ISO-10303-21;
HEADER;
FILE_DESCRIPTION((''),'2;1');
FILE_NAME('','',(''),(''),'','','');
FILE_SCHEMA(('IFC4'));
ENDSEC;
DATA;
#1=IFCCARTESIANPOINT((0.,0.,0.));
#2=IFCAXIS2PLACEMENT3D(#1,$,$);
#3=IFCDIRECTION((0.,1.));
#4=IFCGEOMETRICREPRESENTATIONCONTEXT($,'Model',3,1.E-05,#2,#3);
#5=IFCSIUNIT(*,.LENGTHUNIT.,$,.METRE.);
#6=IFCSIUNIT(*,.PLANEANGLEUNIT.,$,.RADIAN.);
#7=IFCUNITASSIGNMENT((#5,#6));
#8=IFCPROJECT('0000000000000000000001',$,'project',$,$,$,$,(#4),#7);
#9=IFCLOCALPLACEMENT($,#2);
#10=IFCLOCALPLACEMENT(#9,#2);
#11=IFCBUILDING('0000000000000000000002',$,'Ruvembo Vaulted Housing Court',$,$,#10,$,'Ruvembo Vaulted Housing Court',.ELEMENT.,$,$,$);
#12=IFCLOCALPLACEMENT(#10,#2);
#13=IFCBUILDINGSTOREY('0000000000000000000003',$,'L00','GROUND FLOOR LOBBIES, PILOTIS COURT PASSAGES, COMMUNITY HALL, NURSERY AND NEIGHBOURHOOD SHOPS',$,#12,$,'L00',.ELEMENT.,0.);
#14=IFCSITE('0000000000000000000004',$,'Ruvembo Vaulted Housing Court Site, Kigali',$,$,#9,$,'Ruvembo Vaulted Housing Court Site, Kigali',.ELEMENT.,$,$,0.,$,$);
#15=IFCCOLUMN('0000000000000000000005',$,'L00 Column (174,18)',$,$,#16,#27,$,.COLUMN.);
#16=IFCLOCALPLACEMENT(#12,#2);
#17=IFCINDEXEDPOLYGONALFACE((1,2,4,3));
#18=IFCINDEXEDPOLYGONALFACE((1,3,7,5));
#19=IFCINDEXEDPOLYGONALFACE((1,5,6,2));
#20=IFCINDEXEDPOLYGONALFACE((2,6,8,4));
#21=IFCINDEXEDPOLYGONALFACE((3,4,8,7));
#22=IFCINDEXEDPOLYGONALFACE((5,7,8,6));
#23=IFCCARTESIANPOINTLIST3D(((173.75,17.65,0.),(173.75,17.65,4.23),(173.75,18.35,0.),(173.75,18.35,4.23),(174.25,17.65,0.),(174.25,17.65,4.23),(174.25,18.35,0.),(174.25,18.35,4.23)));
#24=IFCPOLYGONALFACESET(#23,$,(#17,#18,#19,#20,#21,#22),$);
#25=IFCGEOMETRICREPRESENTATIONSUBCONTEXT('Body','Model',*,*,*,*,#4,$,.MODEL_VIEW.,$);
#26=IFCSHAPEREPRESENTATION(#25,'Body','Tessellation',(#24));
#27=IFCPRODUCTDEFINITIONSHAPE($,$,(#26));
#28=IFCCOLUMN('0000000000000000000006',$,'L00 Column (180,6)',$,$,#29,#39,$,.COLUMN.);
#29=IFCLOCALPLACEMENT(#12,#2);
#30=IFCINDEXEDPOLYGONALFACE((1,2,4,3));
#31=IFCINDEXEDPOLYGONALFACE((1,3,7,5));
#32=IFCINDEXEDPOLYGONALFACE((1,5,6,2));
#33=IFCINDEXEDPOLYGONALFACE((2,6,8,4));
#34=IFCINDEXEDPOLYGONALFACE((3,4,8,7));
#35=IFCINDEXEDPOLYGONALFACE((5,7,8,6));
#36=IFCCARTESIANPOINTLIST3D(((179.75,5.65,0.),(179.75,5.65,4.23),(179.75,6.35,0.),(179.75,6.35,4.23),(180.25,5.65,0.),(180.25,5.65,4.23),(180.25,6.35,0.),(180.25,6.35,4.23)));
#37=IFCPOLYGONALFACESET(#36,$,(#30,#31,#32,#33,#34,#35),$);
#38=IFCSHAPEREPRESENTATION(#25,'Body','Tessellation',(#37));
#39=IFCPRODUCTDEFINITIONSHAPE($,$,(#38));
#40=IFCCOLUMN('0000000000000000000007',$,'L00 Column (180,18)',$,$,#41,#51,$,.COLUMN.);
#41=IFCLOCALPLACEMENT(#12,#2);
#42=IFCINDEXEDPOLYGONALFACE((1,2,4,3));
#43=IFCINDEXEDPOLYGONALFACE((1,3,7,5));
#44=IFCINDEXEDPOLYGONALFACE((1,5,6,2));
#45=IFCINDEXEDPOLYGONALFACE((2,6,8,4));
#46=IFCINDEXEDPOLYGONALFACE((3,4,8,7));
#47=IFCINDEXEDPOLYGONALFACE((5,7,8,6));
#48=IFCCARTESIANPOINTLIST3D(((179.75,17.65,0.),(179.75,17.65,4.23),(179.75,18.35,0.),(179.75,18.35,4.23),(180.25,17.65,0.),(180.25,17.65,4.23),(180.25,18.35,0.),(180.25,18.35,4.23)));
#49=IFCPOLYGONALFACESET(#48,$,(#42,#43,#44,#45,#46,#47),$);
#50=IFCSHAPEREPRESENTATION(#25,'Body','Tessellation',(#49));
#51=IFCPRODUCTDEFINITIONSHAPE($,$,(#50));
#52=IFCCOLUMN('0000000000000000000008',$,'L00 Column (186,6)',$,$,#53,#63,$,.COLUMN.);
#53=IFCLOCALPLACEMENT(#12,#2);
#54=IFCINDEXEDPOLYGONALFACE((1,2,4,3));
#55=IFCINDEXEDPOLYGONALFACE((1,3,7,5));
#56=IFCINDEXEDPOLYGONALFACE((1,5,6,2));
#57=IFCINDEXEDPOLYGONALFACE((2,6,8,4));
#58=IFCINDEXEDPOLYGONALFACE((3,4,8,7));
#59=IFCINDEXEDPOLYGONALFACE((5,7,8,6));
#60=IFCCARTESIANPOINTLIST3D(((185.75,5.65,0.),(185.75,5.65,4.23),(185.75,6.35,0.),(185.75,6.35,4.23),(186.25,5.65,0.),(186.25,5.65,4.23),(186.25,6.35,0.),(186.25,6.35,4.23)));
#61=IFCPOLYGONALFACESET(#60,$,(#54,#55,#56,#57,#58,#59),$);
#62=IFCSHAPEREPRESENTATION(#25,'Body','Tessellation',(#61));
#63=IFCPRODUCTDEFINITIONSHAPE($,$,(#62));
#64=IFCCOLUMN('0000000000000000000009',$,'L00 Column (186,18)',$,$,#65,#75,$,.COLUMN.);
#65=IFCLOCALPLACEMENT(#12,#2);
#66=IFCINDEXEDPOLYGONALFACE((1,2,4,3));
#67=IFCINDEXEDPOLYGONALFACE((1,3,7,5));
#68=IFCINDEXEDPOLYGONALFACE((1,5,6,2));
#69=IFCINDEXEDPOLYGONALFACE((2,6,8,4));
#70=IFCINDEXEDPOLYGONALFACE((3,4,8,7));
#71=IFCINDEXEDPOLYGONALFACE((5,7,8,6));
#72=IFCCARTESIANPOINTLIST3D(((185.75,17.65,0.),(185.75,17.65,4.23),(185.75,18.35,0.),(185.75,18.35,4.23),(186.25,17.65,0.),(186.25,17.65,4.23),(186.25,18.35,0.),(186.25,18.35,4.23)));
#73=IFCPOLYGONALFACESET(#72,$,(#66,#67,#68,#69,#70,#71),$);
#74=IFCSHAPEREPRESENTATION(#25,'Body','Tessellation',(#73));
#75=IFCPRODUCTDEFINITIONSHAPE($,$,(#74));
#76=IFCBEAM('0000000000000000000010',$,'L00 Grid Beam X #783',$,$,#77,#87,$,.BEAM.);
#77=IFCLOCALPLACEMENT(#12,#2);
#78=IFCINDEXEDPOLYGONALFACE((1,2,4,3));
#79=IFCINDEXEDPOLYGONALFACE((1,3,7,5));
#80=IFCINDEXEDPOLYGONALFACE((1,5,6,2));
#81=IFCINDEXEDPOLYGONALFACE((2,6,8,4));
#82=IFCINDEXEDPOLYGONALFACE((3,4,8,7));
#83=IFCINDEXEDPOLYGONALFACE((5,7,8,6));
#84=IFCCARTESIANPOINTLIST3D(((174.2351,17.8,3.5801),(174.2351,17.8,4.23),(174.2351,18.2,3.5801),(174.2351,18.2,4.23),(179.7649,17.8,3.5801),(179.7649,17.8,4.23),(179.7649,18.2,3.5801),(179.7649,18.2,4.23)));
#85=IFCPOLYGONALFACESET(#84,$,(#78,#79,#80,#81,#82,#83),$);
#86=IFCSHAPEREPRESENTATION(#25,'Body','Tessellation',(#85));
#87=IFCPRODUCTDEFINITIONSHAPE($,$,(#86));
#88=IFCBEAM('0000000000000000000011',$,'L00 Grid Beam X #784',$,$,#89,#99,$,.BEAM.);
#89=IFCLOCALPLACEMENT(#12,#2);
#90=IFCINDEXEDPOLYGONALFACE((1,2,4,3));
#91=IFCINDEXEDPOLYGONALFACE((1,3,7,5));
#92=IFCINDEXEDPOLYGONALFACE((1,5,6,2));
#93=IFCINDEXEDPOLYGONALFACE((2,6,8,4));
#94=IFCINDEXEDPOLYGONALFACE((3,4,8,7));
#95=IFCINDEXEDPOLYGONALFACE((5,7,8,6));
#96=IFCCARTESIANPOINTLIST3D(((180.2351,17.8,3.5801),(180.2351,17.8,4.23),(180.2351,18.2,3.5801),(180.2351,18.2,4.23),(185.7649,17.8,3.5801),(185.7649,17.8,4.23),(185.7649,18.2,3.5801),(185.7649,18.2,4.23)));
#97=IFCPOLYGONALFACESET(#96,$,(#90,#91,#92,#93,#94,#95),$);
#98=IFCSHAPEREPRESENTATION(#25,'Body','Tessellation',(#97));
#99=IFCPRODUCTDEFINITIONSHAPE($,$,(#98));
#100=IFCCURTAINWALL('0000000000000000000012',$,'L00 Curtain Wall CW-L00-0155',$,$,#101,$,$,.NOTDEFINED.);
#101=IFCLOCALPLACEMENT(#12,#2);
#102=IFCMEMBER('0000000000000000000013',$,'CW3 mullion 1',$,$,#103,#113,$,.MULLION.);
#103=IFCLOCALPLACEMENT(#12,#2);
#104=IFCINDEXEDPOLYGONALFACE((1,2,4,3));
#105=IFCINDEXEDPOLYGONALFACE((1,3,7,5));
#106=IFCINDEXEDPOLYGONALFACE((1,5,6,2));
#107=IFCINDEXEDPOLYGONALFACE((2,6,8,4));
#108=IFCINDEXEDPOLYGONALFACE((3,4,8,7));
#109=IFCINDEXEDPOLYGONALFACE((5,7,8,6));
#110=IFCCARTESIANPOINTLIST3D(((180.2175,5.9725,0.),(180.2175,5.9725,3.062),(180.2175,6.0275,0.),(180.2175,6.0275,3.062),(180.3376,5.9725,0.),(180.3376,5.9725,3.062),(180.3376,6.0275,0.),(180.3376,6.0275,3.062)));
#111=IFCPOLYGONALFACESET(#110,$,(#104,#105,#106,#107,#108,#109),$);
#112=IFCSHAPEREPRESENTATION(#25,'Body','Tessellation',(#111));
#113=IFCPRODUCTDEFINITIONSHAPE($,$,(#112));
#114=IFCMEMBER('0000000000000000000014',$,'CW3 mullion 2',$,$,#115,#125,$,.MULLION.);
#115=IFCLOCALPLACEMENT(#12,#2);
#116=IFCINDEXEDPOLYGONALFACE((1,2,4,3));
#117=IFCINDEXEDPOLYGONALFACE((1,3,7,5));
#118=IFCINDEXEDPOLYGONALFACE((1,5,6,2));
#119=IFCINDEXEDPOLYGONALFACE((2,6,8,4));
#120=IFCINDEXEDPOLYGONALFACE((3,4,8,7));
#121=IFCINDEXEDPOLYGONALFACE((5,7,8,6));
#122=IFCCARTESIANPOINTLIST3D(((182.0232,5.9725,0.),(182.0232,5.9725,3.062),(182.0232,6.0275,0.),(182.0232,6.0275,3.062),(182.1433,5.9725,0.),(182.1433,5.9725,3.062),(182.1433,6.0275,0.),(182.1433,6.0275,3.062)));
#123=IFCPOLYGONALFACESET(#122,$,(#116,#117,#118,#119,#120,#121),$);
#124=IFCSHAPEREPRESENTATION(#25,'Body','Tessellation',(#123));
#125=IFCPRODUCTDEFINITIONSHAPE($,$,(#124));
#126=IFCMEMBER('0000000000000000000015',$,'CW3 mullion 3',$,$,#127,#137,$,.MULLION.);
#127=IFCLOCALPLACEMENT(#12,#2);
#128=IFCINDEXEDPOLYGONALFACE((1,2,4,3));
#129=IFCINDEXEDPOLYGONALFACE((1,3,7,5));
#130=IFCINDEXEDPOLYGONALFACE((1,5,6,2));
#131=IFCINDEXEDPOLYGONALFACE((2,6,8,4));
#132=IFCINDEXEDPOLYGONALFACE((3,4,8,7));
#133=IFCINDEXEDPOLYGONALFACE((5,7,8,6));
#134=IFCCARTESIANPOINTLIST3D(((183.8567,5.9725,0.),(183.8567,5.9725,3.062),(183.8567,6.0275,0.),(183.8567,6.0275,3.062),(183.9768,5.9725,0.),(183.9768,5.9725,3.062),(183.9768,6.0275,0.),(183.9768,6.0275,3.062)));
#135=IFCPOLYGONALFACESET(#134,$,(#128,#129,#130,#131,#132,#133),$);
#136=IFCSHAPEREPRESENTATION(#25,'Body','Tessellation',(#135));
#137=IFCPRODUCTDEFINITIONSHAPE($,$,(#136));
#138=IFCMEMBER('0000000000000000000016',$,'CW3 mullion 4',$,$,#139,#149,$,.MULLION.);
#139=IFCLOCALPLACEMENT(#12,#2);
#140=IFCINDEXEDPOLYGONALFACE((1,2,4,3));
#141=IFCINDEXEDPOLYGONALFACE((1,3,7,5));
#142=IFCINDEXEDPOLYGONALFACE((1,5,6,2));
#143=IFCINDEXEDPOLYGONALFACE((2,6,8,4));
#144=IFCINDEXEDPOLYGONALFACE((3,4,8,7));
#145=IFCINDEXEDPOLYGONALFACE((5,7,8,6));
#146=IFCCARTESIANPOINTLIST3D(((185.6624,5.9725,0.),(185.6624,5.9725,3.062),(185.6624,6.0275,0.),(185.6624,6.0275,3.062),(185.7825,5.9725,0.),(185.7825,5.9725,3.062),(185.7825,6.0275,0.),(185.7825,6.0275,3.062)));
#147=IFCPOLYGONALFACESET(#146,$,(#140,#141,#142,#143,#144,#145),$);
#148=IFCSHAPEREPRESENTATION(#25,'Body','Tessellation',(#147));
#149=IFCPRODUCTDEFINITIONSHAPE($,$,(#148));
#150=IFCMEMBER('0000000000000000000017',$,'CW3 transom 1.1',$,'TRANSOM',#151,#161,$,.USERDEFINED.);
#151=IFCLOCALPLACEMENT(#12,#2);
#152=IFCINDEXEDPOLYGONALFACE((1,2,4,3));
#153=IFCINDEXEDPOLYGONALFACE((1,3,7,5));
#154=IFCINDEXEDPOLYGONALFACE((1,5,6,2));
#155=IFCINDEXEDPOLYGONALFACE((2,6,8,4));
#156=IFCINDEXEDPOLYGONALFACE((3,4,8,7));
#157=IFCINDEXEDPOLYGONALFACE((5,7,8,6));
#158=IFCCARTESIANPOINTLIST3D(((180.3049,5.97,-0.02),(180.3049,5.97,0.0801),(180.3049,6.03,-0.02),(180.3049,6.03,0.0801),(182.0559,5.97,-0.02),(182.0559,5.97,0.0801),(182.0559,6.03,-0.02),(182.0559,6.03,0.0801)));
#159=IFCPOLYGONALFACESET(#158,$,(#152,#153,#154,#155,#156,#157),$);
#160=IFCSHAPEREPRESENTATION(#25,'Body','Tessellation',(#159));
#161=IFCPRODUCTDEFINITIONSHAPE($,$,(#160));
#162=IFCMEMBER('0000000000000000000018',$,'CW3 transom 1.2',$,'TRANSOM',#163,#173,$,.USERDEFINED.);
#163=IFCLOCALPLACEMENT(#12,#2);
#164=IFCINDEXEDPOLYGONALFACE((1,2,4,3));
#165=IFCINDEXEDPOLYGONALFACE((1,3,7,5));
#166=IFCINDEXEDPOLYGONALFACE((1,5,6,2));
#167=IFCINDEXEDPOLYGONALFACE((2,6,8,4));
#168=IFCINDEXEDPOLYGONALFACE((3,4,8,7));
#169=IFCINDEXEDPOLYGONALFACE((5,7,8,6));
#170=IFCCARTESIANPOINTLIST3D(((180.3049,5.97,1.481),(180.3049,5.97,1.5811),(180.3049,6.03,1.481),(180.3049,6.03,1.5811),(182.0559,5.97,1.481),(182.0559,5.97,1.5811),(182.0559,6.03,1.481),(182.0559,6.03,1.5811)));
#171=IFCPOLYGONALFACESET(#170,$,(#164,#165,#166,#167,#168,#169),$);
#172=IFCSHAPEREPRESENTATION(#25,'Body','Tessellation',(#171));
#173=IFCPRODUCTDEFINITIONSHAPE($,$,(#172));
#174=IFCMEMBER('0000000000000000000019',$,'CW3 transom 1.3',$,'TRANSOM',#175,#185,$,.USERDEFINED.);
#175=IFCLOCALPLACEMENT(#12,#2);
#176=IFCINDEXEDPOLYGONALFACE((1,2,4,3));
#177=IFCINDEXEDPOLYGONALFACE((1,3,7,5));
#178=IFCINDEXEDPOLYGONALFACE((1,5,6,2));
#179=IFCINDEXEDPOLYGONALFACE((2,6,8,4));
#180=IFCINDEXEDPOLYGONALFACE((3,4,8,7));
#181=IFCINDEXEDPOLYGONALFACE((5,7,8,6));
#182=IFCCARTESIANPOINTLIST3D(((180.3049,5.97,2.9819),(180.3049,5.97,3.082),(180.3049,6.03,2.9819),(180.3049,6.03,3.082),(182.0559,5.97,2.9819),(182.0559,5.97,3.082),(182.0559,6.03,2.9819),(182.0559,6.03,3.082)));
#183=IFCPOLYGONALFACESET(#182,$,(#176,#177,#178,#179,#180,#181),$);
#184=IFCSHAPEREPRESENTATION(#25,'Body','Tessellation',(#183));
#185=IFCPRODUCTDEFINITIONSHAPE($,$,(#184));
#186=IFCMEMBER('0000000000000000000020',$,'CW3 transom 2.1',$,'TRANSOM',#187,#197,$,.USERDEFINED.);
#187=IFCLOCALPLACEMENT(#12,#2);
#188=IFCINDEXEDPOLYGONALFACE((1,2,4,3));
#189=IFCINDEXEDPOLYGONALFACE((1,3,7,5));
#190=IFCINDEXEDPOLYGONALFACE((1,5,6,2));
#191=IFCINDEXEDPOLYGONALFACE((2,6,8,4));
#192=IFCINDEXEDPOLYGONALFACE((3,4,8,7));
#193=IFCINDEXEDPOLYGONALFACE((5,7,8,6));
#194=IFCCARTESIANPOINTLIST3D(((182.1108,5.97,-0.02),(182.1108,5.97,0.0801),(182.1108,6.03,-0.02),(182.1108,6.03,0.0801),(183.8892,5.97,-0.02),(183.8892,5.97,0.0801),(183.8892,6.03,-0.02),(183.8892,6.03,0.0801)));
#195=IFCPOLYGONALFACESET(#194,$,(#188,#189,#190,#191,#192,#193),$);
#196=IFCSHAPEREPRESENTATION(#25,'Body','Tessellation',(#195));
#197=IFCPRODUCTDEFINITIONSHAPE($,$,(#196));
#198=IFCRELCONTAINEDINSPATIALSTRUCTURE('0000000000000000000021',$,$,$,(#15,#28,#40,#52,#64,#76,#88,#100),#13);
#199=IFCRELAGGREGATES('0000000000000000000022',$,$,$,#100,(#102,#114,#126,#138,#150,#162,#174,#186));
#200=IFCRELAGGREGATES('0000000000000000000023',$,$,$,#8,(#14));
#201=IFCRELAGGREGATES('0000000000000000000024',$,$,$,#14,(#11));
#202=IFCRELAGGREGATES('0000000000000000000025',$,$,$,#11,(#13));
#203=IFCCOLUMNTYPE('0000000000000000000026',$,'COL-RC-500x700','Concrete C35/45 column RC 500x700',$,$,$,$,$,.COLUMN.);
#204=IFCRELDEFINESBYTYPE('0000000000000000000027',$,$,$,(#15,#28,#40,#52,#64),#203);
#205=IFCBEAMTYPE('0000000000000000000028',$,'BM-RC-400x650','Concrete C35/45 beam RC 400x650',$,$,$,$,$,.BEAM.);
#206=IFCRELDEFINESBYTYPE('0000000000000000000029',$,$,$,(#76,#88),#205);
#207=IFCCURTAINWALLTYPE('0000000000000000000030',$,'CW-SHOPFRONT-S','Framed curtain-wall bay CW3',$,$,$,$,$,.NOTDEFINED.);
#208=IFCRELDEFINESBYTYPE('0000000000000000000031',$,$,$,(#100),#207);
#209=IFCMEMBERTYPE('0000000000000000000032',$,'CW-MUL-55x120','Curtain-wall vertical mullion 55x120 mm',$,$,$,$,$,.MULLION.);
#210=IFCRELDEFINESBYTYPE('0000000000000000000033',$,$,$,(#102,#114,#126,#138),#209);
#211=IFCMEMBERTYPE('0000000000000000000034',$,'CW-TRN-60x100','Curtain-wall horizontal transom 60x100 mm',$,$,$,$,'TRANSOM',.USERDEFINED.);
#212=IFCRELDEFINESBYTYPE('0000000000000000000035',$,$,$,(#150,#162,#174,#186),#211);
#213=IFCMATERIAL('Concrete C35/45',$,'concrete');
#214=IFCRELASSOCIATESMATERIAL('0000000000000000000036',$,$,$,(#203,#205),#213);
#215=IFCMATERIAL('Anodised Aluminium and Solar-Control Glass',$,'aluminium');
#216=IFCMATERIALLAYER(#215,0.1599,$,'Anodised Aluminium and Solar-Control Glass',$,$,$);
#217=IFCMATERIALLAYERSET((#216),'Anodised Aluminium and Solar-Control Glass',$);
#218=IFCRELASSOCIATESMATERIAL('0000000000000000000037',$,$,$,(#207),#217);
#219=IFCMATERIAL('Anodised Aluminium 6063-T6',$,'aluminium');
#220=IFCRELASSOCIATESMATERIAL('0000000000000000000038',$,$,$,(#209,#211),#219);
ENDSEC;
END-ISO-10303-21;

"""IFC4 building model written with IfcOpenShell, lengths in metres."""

from ifc_helpers import new_model, si_unit, direction, frame, origin, origin_2d, place, context, subcontext, project, spatial, rectangle, extrude, material, layer, layer_set, material_profile, profile_set, type_object, element, aggregate, save


model = new_model("IFC4")

# Units and contexts
model_context = context("Model", 3, precision=1e-05, world=origin(), true_north=direction((0.0, 1.0)))
body_context = subcontext(model_context, "Body", "Model", "MODEL_VIEW")
ifc_project = project(units=[si_unit("LENGTHUNIT", "METRE"), si_unit("PLANEANGLEUNIT", "RADIAN")], contexts=[model_context])

# Site, building, storey
site_placement = place(None, origin())
site = spatial("IfcSite", under=ifc_project, at=site_placement, Name="Ruvembo Vaulted Housing Court Site, Kigali", LongName="Ruvembo Vaulted Housing Court Site, Kigali", CompositionType="ELEMENT", RefElevation=0.0)
building_placement = place(site_placement, origin())
building = spatial("IfcBuilding", under=site, at=building_placement, Name="Ruvembo Vaulted Housing Court", LongName="Ruvembo Vaulted Housing Court", CompositionType="ELEMENT")
storey_placement = place(building_placement, origin())
storey = spatial("IfcBuildingStorey", under=building, at=storey_placement, Name="L00", Description="GROUND FLOOR LOBBIES, PILOTIS COURT PASSAGES, COMMUNITY HALL, NURSERY AND NEIGHBOURHOOD SHOPS", LongName="L00", CompositionType="ELEMENT", Elevation=0.0)

# Columns
ifc_material_1 = material(Name="Concrete C35/45", Category="concrete")
ifc_material_profile_1 = material_profile(ifc_material_1, rectangle(XDim=0.5, YDim=0.7, at=origin_2d()), Name="RC 500x700")
ifc_profile_set_1 = profile_set([ifc_material_profile_1], Name="Concrete C35/45")
column_type = type_object("IfcColumnType", Name="COL-RC-500x700", Description="Concrete C35/45 column RC 500x700", PredefinedType="COLUMN", material=ifc_profile_set_1)
for number, where, z_axis, x_axis, name in (
    (1, (174.0, 18.0, 0.0), (0.0, 0.0, 1.0), (1.0, 0.0, 0.0), "L00 Column (174,18)"),
    (2, (180.0, 6.0, 0.0), (0.0, 0.0, 1.0), (1.0, 0.0, 0.0), "L00 Column (180,6)"),
    (3, (180.0, 18.0, 0.0), (0.0, 0.0, 1.0), (1.0, 0.0, 0.0), "L00 Column (180,18)"),
    (4, (186.0, 6.0, 0.0), (0.0, 0.0, 1.0), (1.0, 0.0, 0.0), "L00 Column (186,6)"),
    (5, (186.0, 18.0, 0.0), (0.0, 0.0, 1.0), (1.0, 0.0, 0.0), "L00 Column (186,18)"),
):
    element("IfcColumn", number, at=place(storey_placement, frame(where, z_axis=z_axis, x_axis=x_axis)), inside=storey, type_object=column_type, Name=name, PredefinedType="COLUMN", context=body_context, shape_type="SweptSolid", body=[
        extrude(rectangle(XDim=0.5, YDim=0.7, at=origin_2d()), origin(), (0.0, 0.0, 1.0), 4.23),
    ])

# Beams
ifc_material_profile_2 = material_profile(ifc_material_1, rectangle(XDim=0.3999, YDim=0.6499, at=origin_2d()), Name="RC 400x650")
ifc_profile_set_2 = profile_set([ifc_material_profile_2], Name="Concrete C35/45")
beam_type_1 = type_object("IfcBeamType", Name="BM-RC-400x650", Description="Concrete C35/45 beam RC 400x650", PredefinedType="BEAM", material=ifc_profile_set_2)
for number, where, z_axis, x_axis, name in (
    (6, (174.2351, 18.0, 3.905), (1.0, 0.0, 0.0), (0.0, 1.0, 0.0), "L00 Grid Beam X #783"),
    (7, (180.2351, 18.0, 3.905), (1.0, 0.0, 0.0), (0.0, 1.0, 0.0), "L00 Grid Beam X #784"),
):
    element("IfcBeam", number, at=place(storey_placement, frame(where, z_axis=z_axis, x_axis=x_axis)), inside=storey, type_object=beam_type_1, Name=name, PredefinedType="BEAM", context=body_context, shape_type="SweptSolid", body=[
        extrude(rectangle(XDim=0.3999, YDim=0.6499, at=origin_2d()), origin(), (0.0, 0.0, 1.0), 5.5298),
    ])

# Curtain wall, members
ifc_material_2 = material(Name="Anodised Aluminium and Solar-Control Glass", Category="aluminium")
ifc_layer_1 = layer(ifc_material_2, 0.1599, Name="Anodised Aluminium and Solar-Control Glass")
ifc_layer_set_1 = layer_set([ifc_layer_1], Name="Anodised Aluminium and Solar-Control Glass")
curtain_wall_type = type_object("IfcCurtainWallType", Name="CW-SHOPFRONT-S", Description="Framed curtain-wall bay CW3", PredefinedType="NOTDEFINED", material=ifc_layer_set_1)
curtain_wall_placement = place(storey_placement, origin())
curtain_wall = element("IfcCurtainWall", 8, at=curtain_wall_placement, inside=storey, type_object=curtain_wall_type, Name="L00 Curtain Wall CW-L00-0155", PredefinedType="NOTDEFINED")
ifc_material_3 = material(Name="Anodised Aluminium 6063-T6", Category="aluminium")
ifc_material_profile_3 = material_profile(ifc_material_3, rectangle(XDim=0.0549, YDim=0.1201, at=origin_2d()), Name="ALU 55x120")
ifc_profile_set_3 = profile_set([ifc_material_profile_3], Name="Anodised Aluminium 6063-T6")
member_type_1 = type_object("IfcMemberType", Name="CW-MUL-55x120", Description="Curtain-wall vertical mullion 55x120 mm", PredefinedType="MULLION", material=ifc_profile_set_3)
member_1_placement = place(storey_placement, frame((180.2776, 6.0, 0.0), z_axis=(0.0, 0.0, 1.0), x_axis=(0.0, 1.0, 0.0)))
member_1 = element("IfcMember", 9, at=member_1_placement, type_object=member_type_1, Name="CW3 mullion 1", PredefinedType="MULLION", context=body_context, shape_type="SweptSolid", body=[
    extrude(rectangle(XDim=0.0549, YDim=0.1201, at=origin_2d()), origin(), (0.0, 0.0, 1.0), 3.062),
])
member_2_placement = place(storey_placement, frame((182.0833, 6.0, 0.0), z_axis=(0.0, 0.0, 1.0), x_axis=(0.0, 1.0, 0.0)))
member_2 = element("IfcMember", 10, at=member_2_placement, type_object=member_type_1, Name="CW3 mullion 2", PredefinedType="MULLION", context=body_context, shape_type="SweptSolid", body=[
    extrude(rectangle(XDim=0.0549, YDim=0.1201, at=origin_2d()), origin(), (0.0, 0.0, 1.0), 3.062),
])
member_3_placement = place(storey_placement, frame((183.9167, 6.0, 0.0), z_axis=(0.0, 0.0, 1.0), x_axis=(0.0, 1.0, 0.0)))
member_3 = element("IfcMember", 11, at=member_3_placement, type_object=member_type_1, Name="CW3 mullion 3", PredefinedType="MULLION", context=body_context, shape_type="SweptSolid", body=[
    extrude(rectangle(XDim=0.0549, YDim=0.1201, at=origin_2d()), origin(), (0.0, 0.0, 1.0), 3.062),
])
member_4_placement = place(storey_placement, frame((185.7224, 6.0, 0.0), z_axis=(0.0, 0.0, 1.0), x_axis=(0.0, 1.0, 0.0)))
member_4 = element("IfcMember", 12, at=member_4_placement, type_object=member_type_1, Name="CW3 mullion 4", PredefinedType="MULLION", context=body_context, shape_type="SweptSolid", body=[
    extrude(rectangle(XDim=0.0549, YDim=0.1201, at=origin_2d()), origin(), (0.0, 0.0, 1.0), 3.062),
])
ifc_material_profile_4 = material_profile(ifc_material_3, rectangle(XDim=0.0601, YDim=0.1001, at=origin_2d()), Name="ALU 60x100")
ifc_profile_set_4 = profile_set([ifc_material_profile_4], Name="Anodised Aluminium 6063-T6")
member_type_2 = type_object("IfcMemberType", Name="CW-TRN-60x100", Description="Curtain-wall horizontal transom 60x100 mm", ElementType="TRANSOM", PredefinedType="USERDEFINED", material=ifc_profile_set_4)
member_5_placement = place(storey_placement, frame((180.3049, 6.0, 0.03), z_axis=(1.0, 0.0, 0.0), x_axis=(0.0, 1.0, 0.0)))
member_5 = element("IfcMember", 13, at=member_5_placement, type_object=member_type_2, Name="CW3 transom 1.1", ObjectType="TRANSOM", PredefinedType="USERDEFINED", context=body_context, shape_type="SweptSolid", body=[
    extrude(rectangle(XDim=0.0601, YDim=0.1001, at=origin_2d()), origin(), (0.0, 0.0, 1.0), 1.751),
])
member_6_placement = place(storey_placement, frame((180.3049, 6.0, 1.531), z_axis=(1.0, 0.0, 0.0), x_axis=(0.0, 1.0, 0.0)))
member_6 = element("IfcMember", 14, at=member_6_placement, type_object=member_type_2, Name="CW3 transom 1.2", ObjectType="TRANSOM", PredefinedType="USERDEFINED", context=body_context, shape_type="SweptSolid", body=[
    extrude(rectangle(XDim=0.0601, YDim=0.1001, at=origin_2d()), origin(), (0.0, 0.0, 1.0), 1.751),
])
member_7_placement = place(storey_placement, frame((180.3049, 6.0, 3.032), z_axis=(1.0, 0.0, 0.0), x_axis=(0.0, 1.0, 0.0)))
member_7 = element("IfcMember", 15, at=member_7_placement, type_object=member_type_2, Name="CW3 transom 1.3", ObjectType="TRANSOM", PredefinedType="USERDEFINED", context=body_context, shape_type="SweptSolid", body=[
    extrude(rectangle(XDim=0.0601, YDim=0.1001, at=origin_2d()), origin(), (0.0, 0.0, 1.0), 1.751),
])
member_8_placement = place(storey_placement, frame((182.1108, 6.0, 0.03), z_axis=(1.0, 0.0, 0.0), x_axis=(0.0, 1.0, 0.0)))
member_8 = element("IfcMember", 16, at=member_8_placement, type_object=member_type_2, Name="CW3 transom 2.1", ObjectType="TRANSOM", PredefinedType="USERDEFINED", context=body_context, shape_type="SweptSolid", body=[
    extrude(rectangle(XDim=0.0601, YDim=0.1001, at=origin_2d()), origin(), (0.0, 0.0, 1.0), 1.7783),
])

aggregate(curtain_wall, [member_1, member_2, member_3, member_4, member_5, member_6, member_7, member_8])

save(model, "model.ifc")
